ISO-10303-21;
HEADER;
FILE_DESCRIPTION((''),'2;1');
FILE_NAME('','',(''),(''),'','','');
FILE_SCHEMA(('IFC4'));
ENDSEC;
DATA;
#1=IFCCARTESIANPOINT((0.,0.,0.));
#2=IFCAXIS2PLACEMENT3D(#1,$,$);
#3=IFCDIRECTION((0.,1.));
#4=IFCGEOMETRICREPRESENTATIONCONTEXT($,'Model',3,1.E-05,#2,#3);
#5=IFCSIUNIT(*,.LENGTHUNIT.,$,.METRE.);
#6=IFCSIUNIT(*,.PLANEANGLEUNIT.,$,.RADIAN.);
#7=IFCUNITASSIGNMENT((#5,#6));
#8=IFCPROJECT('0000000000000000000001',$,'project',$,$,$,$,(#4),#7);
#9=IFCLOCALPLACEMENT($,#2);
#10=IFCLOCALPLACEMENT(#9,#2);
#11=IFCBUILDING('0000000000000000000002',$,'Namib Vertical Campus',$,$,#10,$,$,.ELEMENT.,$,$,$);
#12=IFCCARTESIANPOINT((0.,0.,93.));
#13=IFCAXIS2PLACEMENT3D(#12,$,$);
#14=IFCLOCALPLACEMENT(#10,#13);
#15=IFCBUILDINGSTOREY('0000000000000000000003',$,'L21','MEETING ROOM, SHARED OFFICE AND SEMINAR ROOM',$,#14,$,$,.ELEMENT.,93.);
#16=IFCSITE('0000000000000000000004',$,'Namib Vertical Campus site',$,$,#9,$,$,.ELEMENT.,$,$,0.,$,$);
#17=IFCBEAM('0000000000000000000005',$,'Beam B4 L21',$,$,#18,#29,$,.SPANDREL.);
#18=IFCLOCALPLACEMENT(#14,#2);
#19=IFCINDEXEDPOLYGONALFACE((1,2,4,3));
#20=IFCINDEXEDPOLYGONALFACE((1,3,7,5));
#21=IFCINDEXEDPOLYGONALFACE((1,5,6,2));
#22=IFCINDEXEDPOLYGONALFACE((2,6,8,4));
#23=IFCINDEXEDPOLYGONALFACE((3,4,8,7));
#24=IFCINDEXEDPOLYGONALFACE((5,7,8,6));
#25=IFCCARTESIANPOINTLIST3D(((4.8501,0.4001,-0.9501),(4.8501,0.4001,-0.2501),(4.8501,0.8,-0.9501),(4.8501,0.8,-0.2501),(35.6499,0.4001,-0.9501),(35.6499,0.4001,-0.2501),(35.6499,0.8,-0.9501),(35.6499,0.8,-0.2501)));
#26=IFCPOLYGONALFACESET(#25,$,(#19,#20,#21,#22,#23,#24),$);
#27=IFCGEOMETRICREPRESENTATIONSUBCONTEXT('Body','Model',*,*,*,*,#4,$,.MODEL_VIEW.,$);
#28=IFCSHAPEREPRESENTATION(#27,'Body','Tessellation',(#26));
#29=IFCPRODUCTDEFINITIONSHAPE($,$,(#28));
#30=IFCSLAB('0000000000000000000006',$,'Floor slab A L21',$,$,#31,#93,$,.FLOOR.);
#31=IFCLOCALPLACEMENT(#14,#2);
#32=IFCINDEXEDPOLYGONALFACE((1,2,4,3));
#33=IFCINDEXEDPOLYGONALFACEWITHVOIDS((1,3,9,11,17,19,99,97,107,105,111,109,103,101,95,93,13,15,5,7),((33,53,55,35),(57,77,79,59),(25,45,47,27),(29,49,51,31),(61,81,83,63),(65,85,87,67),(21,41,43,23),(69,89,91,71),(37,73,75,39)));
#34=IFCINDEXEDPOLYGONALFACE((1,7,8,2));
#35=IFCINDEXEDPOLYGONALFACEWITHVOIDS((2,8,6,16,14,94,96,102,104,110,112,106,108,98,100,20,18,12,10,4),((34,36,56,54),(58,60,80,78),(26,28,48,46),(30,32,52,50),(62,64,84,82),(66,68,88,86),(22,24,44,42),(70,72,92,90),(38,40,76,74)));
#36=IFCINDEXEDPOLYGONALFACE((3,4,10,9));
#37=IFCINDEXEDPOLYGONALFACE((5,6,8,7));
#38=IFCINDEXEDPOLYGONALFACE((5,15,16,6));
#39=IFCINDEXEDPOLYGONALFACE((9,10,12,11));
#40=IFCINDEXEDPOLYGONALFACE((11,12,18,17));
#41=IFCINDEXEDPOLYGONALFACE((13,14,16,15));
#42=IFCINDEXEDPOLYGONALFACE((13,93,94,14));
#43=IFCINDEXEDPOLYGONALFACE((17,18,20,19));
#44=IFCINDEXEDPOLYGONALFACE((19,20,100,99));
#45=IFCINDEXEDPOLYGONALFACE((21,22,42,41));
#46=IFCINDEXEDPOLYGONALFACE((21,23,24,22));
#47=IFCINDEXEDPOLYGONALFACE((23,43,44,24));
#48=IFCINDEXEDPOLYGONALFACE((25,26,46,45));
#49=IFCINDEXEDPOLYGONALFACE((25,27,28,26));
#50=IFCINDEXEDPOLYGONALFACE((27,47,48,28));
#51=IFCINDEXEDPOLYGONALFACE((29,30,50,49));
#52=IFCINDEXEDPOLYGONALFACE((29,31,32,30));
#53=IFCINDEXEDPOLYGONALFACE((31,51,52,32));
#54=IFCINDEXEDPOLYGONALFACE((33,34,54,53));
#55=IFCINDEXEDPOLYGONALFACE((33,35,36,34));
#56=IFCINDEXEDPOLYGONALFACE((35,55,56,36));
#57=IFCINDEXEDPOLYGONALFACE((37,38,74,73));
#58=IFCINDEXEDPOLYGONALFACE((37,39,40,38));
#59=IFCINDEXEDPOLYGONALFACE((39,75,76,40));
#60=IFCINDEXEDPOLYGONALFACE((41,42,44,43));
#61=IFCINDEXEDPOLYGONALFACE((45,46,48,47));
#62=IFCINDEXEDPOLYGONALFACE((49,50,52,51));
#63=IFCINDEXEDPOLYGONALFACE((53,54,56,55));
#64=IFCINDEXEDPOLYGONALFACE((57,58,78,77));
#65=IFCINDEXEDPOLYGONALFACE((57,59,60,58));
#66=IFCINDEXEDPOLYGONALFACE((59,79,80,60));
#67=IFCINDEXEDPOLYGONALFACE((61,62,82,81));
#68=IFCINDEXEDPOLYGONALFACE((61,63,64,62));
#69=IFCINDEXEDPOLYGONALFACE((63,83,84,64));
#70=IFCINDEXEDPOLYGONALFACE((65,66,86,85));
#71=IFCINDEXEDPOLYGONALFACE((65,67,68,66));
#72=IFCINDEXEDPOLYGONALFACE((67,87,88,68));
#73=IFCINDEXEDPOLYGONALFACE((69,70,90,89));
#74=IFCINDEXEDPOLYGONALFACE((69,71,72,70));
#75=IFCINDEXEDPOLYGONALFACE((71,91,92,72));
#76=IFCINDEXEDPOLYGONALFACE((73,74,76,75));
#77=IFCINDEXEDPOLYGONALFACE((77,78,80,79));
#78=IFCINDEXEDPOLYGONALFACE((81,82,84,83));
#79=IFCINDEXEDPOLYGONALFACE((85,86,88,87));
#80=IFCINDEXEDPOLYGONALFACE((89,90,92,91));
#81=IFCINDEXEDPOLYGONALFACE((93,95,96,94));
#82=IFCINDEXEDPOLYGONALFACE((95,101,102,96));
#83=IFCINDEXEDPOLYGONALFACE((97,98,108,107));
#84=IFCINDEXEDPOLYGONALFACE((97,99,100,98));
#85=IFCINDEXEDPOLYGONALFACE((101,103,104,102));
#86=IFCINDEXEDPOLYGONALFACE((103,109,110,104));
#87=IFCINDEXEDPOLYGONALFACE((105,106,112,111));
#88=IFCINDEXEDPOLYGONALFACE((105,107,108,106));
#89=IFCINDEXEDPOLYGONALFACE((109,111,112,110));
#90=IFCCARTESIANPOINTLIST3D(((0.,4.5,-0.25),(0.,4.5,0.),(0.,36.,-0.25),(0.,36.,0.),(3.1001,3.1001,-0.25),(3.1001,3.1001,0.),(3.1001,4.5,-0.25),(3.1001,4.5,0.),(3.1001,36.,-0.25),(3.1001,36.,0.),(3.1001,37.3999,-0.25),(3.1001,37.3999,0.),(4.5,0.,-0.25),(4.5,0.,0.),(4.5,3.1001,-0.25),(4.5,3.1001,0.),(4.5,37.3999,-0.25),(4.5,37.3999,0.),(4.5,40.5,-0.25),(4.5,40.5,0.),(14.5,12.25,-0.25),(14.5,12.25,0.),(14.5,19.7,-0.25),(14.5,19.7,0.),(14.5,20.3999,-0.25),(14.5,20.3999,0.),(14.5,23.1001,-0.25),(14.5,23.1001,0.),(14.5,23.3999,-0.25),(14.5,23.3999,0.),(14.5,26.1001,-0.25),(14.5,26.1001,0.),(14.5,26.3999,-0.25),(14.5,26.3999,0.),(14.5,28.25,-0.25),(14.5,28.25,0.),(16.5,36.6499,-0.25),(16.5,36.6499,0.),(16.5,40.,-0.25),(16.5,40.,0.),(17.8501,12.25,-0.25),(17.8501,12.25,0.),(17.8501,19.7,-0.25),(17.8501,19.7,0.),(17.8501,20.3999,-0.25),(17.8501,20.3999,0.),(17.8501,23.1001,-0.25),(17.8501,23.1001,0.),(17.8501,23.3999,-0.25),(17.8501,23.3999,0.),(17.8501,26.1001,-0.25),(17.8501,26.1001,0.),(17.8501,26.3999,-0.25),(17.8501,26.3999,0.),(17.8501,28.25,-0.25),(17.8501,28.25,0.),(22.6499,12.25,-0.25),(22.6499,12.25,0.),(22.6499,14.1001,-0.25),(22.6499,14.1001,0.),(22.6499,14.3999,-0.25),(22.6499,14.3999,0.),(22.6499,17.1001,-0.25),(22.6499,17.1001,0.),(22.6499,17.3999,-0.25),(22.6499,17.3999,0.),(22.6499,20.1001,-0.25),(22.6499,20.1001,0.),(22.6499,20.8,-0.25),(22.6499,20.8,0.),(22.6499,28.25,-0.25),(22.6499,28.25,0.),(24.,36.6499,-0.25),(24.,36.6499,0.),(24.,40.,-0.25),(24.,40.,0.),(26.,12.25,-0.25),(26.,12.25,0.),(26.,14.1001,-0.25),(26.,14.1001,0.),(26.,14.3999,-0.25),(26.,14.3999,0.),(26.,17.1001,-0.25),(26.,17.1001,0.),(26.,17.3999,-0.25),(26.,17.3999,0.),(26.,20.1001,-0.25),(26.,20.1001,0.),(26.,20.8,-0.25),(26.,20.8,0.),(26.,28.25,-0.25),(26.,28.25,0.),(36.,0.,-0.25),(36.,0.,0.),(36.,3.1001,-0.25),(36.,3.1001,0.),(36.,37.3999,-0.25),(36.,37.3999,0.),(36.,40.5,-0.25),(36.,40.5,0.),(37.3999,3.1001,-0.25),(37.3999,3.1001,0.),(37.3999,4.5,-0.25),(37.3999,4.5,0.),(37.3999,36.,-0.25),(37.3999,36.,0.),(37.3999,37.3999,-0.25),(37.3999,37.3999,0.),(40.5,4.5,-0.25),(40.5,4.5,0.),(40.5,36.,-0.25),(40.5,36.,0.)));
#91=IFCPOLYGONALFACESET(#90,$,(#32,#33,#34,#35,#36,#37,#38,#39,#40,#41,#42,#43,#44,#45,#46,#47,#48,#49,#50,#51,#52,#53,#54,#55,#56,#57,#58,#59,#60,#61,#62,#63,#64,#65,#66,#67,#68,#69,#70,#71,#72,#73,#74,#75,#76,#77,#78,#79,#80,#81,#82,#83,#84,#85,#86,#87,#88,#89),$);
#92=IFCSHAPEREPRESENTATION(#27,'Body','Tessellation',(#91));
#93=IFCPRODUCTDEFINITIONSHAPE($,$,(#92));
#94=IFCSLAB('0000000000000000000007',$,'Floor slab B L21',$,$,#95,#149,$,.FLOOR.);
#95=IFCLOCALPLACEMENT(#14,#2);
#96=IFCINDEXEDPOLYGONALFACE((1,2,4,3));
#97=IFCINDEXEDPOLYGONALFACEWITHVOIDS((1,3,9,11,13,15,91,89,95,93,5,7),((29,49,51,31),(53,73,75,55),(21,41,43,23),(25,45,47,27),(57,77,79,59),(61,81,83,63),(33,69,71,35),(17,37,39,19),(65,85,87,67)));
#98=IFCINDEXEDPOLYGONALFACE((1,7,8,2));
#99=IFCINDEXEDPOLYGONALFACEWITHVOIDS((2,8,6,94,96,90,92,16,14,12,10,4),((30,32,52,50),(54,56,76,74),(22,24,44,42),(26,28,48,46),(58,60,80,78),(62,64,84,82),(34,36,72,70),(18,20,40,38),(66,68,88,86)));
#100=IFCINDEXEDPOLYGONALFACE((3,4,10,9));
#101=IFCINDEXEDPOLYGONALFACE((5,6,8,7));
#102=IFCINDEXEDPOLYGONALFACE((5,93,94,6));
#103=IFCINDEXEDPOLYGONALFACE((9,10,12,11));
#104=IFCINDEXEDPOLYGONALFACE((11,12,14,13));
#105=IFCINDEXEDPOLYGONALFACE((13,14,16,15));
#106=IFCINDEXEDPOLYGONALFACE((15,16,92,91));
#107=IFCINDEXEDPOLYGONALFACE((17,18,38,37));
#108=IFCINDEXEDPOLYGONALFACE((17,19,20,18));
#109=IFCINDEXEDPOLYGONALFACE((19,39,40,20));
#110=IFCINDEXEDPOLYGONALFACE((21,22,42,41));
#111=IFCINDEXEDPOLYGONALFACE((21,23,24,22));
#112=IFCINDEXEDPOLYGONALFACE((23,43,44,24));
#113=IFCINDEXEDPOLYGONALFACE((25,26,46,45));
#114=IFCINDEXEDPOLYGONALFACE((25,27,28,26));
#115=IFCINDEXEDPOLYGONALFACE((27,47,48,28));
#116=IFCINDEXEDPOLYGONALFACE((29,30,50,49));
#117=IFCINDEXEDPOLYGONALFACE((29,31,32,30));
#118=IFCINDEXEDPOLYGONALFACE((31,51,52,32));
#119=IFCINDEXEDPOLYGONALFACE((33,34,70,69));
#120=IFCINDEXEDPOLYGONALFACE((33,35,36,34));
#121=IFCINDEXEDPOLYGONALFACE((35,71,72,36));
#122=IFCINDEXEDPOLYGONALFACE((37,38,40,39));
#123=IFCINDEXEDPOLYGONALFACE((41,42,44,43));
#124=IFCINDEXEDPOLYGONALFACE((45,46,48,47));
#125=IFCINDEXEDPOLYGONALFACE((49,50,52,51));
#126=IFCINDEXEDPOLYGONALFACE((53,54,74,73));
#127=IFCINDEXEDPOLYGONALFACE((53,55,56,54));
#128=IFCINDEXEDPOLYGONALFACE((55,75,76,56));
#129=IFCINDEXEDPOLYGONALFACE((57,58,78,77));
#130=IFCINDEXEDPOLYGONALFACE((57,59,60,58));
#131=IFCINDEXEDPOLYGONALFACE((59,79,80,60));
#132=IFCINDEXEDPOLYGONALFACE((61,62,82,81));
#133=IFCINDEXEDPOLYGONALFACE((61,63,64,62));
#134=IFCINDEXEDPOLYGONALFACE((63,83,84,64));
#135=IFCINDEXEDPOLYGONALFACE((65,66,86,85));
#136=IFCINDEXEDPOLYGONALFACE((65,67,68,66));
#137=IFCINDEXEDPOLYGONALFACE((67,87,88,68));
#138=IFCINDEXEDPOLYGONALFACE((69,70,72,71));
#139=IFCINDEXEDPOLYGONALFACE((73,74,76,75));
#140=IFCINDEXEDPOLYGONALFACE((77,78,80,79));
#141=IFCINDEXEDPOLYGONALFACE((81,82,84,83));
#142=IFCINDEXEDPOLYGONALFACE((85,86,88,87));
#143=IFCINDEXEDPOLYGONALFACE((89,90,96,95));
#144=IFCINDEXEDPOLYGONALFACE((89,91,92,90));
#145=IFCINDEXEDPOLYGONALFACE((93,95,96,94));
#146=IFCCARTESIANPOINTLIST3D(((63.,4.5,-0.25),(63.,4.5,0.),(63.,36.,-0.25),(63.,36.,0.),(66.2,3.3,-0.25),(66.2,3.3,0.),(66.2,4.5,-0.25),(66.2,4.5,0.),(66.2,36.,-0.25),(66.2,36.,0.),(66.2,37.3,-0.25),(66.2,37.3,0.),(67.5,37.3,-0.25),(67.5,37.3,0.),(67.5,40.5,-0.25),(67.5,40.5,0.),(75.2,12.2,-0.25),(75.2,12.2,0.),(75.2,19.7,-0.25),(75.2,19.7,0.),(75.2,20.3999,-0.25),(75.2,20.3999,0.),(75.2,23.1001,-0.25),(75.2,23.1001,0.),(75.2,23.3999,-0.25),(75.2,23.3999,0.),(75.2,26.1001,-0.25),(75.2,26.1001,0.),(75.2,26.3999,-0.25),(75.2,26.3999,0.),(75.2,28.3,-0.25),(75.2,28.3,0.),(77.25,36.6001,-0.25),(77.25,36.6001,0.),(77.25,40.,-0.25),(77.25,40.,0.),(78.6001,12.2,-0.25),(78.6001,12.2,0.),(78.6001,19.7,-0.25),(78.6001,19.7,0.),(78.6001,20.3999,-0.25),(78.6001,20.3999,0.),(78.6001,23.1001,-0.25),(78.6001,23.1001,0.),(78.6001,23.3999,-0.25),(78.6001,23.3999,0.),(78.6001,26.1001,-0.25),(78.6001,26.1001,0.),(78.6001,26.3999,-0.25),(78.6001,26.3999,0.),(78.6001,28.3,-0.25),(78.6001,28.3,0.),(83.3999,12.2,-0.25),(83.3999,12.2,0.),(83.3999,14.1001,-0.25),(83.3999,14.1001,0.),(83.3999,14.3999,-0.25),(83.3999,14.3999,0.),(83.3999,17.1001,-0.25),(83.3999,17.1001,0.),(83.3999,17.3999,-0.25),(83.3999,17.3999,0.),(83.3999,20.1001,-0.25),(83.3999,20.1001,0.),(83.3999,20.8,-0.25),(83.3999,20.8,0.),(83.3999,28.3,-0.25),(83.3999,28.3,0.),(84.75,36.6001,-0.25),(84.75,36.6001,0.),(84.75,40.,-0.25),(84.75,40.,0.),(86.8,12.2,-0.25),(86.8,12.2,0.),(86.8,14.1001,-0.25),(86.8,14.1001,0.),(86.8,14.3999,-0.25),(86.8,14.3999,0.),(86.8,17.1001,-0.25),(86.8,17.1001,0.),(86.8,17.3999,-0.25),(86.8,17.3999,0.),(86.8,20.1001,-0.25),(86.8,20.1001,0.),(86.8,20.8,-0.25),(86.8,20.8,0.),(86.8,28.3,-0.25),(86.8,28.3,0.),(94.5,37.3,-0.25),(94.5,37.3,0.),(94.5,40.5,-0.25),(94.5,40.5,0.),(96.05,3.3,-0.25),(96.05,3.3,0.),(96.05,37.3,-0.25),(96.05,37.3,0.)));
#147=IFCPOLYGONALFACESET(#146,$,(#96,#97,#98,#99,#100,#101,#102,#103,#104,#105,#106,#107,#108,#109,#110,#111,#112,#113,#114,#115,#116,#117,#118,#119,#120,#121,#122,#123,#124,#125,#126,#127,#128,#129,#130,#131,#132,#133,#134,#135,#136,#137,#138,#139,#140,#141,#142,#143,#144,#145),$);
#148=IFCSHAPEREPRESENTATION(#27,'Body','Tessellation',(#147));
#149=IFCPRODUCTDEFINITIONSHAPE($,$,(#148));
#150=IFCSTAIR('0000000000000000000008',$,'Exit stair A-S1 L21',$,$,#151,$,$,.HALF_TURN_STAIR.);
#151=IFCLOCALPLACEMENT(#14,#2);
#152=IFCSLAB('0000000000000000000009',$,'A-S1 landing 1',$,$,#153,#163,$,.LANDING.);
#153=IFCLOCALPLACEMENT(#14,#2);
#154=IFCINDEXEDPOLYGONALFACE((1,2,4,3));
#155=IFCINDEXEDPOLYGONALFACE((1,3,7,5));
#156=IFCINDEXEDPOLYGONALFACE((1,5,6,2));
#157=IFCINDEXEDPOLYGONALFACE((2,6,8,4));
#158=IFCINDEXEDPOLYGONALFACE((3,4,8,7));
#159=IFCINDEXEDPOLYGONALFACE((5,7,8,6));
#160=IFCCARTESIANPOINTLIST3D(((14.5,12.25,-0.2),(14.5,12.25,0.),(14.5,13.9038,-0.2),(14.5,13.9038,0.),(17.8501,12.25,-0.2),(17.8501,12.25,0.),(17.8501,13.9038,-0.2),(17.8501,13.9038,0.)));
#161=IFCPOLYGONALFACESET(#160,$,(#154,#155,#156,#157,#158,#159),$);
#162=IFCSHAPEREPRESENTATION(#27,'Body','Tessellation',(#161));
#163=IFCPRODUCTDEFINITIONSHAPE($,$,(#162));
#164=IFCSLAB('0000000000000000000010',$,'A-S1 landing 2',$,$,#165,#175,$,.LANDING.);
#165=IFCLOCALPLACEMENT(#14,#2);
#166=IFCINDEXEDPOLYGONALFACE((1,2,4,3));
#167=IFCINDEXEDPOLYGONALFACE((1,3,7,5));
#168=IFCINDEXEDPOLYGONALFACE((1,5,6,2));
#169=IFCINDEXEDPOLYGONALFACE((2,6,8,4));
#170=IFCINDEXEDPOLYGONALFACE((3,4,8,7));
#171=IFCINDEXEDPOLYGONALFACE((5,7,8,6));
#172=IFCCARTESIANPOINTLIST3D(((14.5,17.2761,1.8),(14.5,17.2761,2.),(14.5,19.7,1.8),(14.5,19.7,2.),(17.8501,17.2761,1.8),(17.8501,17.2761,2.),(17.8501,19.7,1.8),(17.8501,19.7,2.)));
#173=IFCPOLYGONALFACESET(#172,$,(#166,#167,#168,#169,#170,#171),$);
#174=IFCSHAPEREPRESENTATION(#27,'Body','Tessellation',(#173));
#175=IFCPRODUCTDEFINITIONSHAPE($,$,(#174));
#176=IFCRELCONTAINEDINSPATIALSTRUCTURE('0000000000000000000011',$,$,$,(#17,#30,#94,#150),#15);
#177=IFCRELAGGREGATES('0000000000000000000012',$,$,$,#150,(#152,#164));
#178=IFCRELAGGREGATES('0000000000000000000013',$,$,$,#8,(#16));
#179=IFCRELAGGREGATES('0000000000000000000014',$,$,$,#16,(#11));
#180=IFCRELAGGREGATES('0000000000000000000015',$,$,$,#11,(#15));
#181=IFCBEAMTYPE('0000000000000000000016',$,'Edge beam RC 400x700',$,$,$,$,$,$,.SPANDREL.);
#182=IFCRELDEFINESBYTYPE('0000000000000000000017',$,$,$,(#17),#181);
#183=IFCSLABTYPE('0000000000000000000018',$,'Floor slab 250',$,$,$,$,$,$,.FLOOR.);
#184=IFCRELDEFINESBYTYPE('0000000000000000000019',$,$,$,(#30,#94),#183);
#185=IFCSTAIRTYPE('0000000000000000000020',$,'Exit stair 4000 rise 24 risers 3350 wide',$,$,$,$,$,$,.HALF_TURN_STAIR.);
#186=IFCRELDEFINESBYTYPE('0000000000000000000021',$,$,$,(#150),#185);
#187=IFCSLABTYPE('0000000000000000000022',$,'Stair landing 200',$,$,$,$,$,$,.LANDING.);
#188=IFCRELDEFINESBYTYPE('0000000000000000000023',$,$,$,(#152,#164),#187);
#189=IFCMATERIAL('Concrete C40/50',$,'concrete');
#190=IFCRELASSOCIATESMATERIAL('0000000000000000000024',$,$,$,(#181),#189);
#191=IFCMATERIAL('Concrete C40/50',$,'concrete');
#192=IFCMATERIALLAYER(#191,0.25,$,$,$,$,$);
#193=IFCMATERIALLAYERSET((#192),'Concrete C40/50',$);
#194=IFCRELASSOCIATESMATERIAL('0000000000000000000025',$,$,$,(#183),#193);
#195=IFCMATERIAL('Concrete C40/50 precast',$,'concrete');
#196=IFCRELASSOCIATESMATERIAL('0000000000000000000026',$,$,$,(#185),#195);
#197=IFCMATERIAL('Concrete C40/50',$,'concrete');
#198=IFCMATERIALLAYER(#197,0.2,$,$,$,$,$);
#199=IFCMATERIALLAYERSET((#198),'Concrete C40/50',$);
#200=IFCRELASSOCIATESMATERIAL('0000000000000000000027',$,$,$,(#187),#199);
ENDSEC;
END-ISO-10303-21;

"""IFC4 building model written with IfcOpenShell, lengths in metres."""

from ifc_helpers import new_model, si_unit, direction, frame, origin, origin_2d, place, context, subcontext, project, spatial, polyline, rectangle, outline, extrude, material, layer, layer_set, material_profile, profile_set, type_object, element, aggregate, save


model = new_model("IFC4")

# Units and contexts
model_context = context("Model", 3, precision=1e-05, world=origin(), true_north=direction((0.0, 1.0)))
body_context = subcontext(model_context, "Body", "Model", "MODEL_VIEW")
ifc_project = project(units=[si_unit("LENGTHUNIT", "METRE"), si_unit("PLANEANGLEUNIT", "RADIAN")], contexts=[model_context])

# Site, building, storey
site_placement = place(None, origin())
site = spatial("IfcSite", under=ifc_project, at=site_placement, Name="Namib Vertical Campus site", CompositionType="ELEMENT", RefElevation=0.0)
building_placement = place(site_placement, origin())
building = spatial("IfcBuilding", under=site, at=building_placement, Name="Namib Vertical Campus", CompositionType="ELEMENT")
storey_placement = place(building_placement, frame((0.0, 0.0, 93.0)))
storey = spatial("IfcBuildingStorey", under=building, at=storey_placement, Name="L21", Description="MEETING ROOM, SHARED OFFICE AND SEMINAR ROOM", CompositionType="ELEMENT", Elevation=93.0)

# Beam
ifc_material_1 = material(Name="Concrete C40/50", Category="concrete")
ifc_material_profile = material_profile(ifc_material_1, rectangle(XDim=0.3999, YDim=0.7, at=origin_2d()))
ifc_profile_set = profile_set([ifc_material_profile], Name="Concrete C40/50")
beam_type = type_object("IfcBeamType", Name="Edge beam RC 400x700", PredefinedType="SPANDREL", material=ifc_profile_set)
beam_placement = place(storey_placement, frame((4.8501, 0.6001, -0.6001), z_axis=(1.0, 0.0, 0.0), x_axis=(0.0, 1.0, 0.0)))
element("IfcBeam", 1, at=beam_placement, inside=storey, type_object=beam_type, Name="Beam B4 L21", PredefinedType="SPANDREL", context=body_context, shape_type="SweptSolid", body=[
    extrude(rectangle(XDim=0.3999, YDim=0.7, at=origin_2d()), origin(), (0.0, 0.0, 1.0), 30.7998),
])

# Slabs
ifc_material_2 = material(Name="Concrete C40/50", Category="concrete")
ifc_layer_1 = layer(ifc_material_2, 0.25)
ifc_layer_set_1 = layer_set([ifc_layer_1], Name="Concrete C40/50")
slab_type_1 = type_object("IfcSlabType", Name="Floor slab 250", PredefinedType="FLOOR", material=ifc_layer_set_1)
slab_1_placement = place(storey_placement, frame((0.0, 0.0, -0.25)))
element("IfcSlab", 2, at=slab_1_placement, inside=storey, type_object=slab_type_1, Name="Floor slab A L21", PredefinedType="FLOOR", context=body_context, shape_type="SweptSolid", body=[
    extrude(outline(polyline([(4.5, 0.0), (36.0, 0.0), (36.0, 3.1001), (37.3999, 3.1001), (37.3999, 4.5), (40.5, 4.5), (40.5, 36.0), (37.3999, 36.0), (37.3999, 37.3999), (36.0, 37.3999), (36.0, 40.5), (4.5, 40.5), (4.5, 37.3999), (3.1001, 37.3999), (3.1001, 36.0), (0.0, 36.0), (0.0, 4.5), (3.1001, 4.5), (3.1001, 3.1001), (4.5, 3.1001), (4.5, 0.0)]), holes=[polyline([(14.5, 12.25), (17.8501, 12.25), (17.8501, 19.7), (14.5, 19.7), (14.5, 12.25)]), polyline([(22.6499, 20.8), (26.0, 20.8), (26.0, 28.25), (22.6499, 28.25), (22.6499, 20.8)]), polyline([(22.6499, 12.25), (26.0, 12.25), (26.0, 14.1001), (22.6499, 14.1001), (22.6499, 12.25)]), polyline([(14.5, 20.3999), (17.8501, 20.3999), (17.8501, 23.1001), (14.5, 23.1001), (14.5, 20.3999)]), polyline([(14.5, 23.3999), (17.8501, 23.3999), (17.8501, 26.1001), (14.5, 26.1001), (14.5, 23.3999)]), polyline([(14.5, 26.3999), (17.8501, 26.3999), (17.8501, 28.25), (14.5, 28.25), (14.5, 26.3999)]), polyline([(22.6499, 14.3999), (26.0, 14.3999), (26.0, 17.1001), (22.6499, 17.1001), (22.6499, 14.3999)]), polyline([(22.6499, 17.3999), (26.0, 17.3999), (26.0, 20.1001), (22.6499, 20.1001), (22.6499, 17.3999)]), polyline([(16.5, 36.6499), (24.0, 36.6499), (24.0, 40.0), (16.5, 40.0), (16.5, 36.6499)])]), origin(), (0.0, 0.0, 1.0), 0.25),
])
slab_2_placement = place(storey_placement, frame((0.0, 0.0, -0.25)))
element("IfcSlab", 3, at=slab_2_placement, inside=storey, type_object=slab_type_1, Name="Floor slab B L21", PredefinedType="FLOOR", context=body_context, shape_type="SweptSolid", body=[
    extrude(outline(polyline([(63.0, 4.5), (66.2, 4.5), (66.2, 3.3), (96.05, 3.3), (96.05, 37.3), (94.5, 37.3), (94.5, 40.5), (67.5, 40.5), (67.5, 37.3), (66.2, 37.3), (66.2, 36.0), (63.0, 36.0), (63.0, 4.5)]), holes=[polyline([(75.2, 12.2), (78.6001, 12.2), (78.6001, 19.7), (75.2, 19.7), (75.2, 12.2)]), polyline([(83.3999, 20.8), (86.8, 20.8), (86.8, 28.3), (83.3999, 28.3), (83.3999, 20.8)]), polyline([(83.3999, 12.2), (86.8, 12.2), (86.8, 14.1001), (83.3999, 14.1001), (83.3999, 12.2)]), polyline([(75.2, 20.3999), (78.6001, 20.3999), (78.6001, 23.1001), (75.2, 23.1001), (75.2, 20.3999)]), polyline([(75.2, 23.3999), (78.6001, 23.3999), (78.6001, 26.1001), (75.2, 26.1001), (75.2, 23.3999)]), polyline([(75.2, 26.3999), (78.6001, 26.3999), (78.6001, 28.3), (75.2, 28.3), (75.2, 26.3999)]), polyline([(83.3999, 14.3999), (86.8, 14.3999), (86.8, 17.1001), (83.3999, 17.1001), (83.3999, 14.3999)]), polyline([(83.3999, 17.3999), (86.8, 17.3999), (86.8, 20.1001), (83.3999, 20.1001), (83.3999, 17.3999)]), polyline([(77.25, 36.6001), (84.75, 36.6001), (84.75, 40.0), (77.25, 40.0), (77.25, 36.6001)])]), origin(), (0.0, 0.0, 1.0), 0.25),
])

# Stair, slabs
ifc_material_3 = material(Name="Concrete C40/50 precast", Category="concrete")
stair_type_1 = type_object("IfcStairType", Name="Exit stair 4000 rise 24 risers 3350 wide", PredefinedType="HALF_TURN_STAIR", material=ifc_material_3)
stair_1_placement = place(storey_placement, origin())
stair_1 = element("IfcStair", 4, at=stair_1_placement, inside=storey, type_object=stair_type_1, Name="Exit stair A-S1 L21", PredefinedType="HALF_TURN_STAIR")
ifc_material_4 = material(Name="Concrete C40/50", Category="concrete")
ifc_layer_2 = layer(ifc_material_4, 0.2)
ifc_layer_set_2 = layer_set([ifc_layer_2], Name="Concrete C40/50")
slab_type_2 = type_object("IfcSlabType", Name="Stair landing 200", PredefinedType="LANDING", material=ifc_layer_set_2)
slab_3_placement = place(storey_placement, frame((0.0, 0.0, -0.2)))
slab_3 = element("IfcSlab", 5, at=slab_3_placement, type_object=slab_type_2, Name="A-S1 landing 1", PredefinedType="LANDING", context=body_context, shape_type="SweptSolid", body=[
    extrude(outline(polyline([(14.5, 12.25), (17.8501, 12.25), (17.8501, 13.9038), (14.5, 13.9038), (14.5, 12.25)])), origin(), (0.0, 0.0, 1.0), 0.2),
])
slab_4_placement = place(storey_placement, frame((0.0, 0.0, 1.8)))
slab_4 = element("IfcSlab", 6, at=slab_4_placement, type_object=slab_type_2, Name="A-S1 landing 2", PredefinedType="LANDING", context=body_context, shape_type="SweptSolid", body=[
    extrude(outline(polyline([(14.5, 17.2761), (17.8501, 17.2761), (17.8501, 19.7), (14.5, 19.7), (14.5, 17.2761)])), origin(), (0.0, 0.0, 1.0), 0.2),
])
aggregate(stair_1, [slab_3, slab_4])

save(model, "model.ifc")
